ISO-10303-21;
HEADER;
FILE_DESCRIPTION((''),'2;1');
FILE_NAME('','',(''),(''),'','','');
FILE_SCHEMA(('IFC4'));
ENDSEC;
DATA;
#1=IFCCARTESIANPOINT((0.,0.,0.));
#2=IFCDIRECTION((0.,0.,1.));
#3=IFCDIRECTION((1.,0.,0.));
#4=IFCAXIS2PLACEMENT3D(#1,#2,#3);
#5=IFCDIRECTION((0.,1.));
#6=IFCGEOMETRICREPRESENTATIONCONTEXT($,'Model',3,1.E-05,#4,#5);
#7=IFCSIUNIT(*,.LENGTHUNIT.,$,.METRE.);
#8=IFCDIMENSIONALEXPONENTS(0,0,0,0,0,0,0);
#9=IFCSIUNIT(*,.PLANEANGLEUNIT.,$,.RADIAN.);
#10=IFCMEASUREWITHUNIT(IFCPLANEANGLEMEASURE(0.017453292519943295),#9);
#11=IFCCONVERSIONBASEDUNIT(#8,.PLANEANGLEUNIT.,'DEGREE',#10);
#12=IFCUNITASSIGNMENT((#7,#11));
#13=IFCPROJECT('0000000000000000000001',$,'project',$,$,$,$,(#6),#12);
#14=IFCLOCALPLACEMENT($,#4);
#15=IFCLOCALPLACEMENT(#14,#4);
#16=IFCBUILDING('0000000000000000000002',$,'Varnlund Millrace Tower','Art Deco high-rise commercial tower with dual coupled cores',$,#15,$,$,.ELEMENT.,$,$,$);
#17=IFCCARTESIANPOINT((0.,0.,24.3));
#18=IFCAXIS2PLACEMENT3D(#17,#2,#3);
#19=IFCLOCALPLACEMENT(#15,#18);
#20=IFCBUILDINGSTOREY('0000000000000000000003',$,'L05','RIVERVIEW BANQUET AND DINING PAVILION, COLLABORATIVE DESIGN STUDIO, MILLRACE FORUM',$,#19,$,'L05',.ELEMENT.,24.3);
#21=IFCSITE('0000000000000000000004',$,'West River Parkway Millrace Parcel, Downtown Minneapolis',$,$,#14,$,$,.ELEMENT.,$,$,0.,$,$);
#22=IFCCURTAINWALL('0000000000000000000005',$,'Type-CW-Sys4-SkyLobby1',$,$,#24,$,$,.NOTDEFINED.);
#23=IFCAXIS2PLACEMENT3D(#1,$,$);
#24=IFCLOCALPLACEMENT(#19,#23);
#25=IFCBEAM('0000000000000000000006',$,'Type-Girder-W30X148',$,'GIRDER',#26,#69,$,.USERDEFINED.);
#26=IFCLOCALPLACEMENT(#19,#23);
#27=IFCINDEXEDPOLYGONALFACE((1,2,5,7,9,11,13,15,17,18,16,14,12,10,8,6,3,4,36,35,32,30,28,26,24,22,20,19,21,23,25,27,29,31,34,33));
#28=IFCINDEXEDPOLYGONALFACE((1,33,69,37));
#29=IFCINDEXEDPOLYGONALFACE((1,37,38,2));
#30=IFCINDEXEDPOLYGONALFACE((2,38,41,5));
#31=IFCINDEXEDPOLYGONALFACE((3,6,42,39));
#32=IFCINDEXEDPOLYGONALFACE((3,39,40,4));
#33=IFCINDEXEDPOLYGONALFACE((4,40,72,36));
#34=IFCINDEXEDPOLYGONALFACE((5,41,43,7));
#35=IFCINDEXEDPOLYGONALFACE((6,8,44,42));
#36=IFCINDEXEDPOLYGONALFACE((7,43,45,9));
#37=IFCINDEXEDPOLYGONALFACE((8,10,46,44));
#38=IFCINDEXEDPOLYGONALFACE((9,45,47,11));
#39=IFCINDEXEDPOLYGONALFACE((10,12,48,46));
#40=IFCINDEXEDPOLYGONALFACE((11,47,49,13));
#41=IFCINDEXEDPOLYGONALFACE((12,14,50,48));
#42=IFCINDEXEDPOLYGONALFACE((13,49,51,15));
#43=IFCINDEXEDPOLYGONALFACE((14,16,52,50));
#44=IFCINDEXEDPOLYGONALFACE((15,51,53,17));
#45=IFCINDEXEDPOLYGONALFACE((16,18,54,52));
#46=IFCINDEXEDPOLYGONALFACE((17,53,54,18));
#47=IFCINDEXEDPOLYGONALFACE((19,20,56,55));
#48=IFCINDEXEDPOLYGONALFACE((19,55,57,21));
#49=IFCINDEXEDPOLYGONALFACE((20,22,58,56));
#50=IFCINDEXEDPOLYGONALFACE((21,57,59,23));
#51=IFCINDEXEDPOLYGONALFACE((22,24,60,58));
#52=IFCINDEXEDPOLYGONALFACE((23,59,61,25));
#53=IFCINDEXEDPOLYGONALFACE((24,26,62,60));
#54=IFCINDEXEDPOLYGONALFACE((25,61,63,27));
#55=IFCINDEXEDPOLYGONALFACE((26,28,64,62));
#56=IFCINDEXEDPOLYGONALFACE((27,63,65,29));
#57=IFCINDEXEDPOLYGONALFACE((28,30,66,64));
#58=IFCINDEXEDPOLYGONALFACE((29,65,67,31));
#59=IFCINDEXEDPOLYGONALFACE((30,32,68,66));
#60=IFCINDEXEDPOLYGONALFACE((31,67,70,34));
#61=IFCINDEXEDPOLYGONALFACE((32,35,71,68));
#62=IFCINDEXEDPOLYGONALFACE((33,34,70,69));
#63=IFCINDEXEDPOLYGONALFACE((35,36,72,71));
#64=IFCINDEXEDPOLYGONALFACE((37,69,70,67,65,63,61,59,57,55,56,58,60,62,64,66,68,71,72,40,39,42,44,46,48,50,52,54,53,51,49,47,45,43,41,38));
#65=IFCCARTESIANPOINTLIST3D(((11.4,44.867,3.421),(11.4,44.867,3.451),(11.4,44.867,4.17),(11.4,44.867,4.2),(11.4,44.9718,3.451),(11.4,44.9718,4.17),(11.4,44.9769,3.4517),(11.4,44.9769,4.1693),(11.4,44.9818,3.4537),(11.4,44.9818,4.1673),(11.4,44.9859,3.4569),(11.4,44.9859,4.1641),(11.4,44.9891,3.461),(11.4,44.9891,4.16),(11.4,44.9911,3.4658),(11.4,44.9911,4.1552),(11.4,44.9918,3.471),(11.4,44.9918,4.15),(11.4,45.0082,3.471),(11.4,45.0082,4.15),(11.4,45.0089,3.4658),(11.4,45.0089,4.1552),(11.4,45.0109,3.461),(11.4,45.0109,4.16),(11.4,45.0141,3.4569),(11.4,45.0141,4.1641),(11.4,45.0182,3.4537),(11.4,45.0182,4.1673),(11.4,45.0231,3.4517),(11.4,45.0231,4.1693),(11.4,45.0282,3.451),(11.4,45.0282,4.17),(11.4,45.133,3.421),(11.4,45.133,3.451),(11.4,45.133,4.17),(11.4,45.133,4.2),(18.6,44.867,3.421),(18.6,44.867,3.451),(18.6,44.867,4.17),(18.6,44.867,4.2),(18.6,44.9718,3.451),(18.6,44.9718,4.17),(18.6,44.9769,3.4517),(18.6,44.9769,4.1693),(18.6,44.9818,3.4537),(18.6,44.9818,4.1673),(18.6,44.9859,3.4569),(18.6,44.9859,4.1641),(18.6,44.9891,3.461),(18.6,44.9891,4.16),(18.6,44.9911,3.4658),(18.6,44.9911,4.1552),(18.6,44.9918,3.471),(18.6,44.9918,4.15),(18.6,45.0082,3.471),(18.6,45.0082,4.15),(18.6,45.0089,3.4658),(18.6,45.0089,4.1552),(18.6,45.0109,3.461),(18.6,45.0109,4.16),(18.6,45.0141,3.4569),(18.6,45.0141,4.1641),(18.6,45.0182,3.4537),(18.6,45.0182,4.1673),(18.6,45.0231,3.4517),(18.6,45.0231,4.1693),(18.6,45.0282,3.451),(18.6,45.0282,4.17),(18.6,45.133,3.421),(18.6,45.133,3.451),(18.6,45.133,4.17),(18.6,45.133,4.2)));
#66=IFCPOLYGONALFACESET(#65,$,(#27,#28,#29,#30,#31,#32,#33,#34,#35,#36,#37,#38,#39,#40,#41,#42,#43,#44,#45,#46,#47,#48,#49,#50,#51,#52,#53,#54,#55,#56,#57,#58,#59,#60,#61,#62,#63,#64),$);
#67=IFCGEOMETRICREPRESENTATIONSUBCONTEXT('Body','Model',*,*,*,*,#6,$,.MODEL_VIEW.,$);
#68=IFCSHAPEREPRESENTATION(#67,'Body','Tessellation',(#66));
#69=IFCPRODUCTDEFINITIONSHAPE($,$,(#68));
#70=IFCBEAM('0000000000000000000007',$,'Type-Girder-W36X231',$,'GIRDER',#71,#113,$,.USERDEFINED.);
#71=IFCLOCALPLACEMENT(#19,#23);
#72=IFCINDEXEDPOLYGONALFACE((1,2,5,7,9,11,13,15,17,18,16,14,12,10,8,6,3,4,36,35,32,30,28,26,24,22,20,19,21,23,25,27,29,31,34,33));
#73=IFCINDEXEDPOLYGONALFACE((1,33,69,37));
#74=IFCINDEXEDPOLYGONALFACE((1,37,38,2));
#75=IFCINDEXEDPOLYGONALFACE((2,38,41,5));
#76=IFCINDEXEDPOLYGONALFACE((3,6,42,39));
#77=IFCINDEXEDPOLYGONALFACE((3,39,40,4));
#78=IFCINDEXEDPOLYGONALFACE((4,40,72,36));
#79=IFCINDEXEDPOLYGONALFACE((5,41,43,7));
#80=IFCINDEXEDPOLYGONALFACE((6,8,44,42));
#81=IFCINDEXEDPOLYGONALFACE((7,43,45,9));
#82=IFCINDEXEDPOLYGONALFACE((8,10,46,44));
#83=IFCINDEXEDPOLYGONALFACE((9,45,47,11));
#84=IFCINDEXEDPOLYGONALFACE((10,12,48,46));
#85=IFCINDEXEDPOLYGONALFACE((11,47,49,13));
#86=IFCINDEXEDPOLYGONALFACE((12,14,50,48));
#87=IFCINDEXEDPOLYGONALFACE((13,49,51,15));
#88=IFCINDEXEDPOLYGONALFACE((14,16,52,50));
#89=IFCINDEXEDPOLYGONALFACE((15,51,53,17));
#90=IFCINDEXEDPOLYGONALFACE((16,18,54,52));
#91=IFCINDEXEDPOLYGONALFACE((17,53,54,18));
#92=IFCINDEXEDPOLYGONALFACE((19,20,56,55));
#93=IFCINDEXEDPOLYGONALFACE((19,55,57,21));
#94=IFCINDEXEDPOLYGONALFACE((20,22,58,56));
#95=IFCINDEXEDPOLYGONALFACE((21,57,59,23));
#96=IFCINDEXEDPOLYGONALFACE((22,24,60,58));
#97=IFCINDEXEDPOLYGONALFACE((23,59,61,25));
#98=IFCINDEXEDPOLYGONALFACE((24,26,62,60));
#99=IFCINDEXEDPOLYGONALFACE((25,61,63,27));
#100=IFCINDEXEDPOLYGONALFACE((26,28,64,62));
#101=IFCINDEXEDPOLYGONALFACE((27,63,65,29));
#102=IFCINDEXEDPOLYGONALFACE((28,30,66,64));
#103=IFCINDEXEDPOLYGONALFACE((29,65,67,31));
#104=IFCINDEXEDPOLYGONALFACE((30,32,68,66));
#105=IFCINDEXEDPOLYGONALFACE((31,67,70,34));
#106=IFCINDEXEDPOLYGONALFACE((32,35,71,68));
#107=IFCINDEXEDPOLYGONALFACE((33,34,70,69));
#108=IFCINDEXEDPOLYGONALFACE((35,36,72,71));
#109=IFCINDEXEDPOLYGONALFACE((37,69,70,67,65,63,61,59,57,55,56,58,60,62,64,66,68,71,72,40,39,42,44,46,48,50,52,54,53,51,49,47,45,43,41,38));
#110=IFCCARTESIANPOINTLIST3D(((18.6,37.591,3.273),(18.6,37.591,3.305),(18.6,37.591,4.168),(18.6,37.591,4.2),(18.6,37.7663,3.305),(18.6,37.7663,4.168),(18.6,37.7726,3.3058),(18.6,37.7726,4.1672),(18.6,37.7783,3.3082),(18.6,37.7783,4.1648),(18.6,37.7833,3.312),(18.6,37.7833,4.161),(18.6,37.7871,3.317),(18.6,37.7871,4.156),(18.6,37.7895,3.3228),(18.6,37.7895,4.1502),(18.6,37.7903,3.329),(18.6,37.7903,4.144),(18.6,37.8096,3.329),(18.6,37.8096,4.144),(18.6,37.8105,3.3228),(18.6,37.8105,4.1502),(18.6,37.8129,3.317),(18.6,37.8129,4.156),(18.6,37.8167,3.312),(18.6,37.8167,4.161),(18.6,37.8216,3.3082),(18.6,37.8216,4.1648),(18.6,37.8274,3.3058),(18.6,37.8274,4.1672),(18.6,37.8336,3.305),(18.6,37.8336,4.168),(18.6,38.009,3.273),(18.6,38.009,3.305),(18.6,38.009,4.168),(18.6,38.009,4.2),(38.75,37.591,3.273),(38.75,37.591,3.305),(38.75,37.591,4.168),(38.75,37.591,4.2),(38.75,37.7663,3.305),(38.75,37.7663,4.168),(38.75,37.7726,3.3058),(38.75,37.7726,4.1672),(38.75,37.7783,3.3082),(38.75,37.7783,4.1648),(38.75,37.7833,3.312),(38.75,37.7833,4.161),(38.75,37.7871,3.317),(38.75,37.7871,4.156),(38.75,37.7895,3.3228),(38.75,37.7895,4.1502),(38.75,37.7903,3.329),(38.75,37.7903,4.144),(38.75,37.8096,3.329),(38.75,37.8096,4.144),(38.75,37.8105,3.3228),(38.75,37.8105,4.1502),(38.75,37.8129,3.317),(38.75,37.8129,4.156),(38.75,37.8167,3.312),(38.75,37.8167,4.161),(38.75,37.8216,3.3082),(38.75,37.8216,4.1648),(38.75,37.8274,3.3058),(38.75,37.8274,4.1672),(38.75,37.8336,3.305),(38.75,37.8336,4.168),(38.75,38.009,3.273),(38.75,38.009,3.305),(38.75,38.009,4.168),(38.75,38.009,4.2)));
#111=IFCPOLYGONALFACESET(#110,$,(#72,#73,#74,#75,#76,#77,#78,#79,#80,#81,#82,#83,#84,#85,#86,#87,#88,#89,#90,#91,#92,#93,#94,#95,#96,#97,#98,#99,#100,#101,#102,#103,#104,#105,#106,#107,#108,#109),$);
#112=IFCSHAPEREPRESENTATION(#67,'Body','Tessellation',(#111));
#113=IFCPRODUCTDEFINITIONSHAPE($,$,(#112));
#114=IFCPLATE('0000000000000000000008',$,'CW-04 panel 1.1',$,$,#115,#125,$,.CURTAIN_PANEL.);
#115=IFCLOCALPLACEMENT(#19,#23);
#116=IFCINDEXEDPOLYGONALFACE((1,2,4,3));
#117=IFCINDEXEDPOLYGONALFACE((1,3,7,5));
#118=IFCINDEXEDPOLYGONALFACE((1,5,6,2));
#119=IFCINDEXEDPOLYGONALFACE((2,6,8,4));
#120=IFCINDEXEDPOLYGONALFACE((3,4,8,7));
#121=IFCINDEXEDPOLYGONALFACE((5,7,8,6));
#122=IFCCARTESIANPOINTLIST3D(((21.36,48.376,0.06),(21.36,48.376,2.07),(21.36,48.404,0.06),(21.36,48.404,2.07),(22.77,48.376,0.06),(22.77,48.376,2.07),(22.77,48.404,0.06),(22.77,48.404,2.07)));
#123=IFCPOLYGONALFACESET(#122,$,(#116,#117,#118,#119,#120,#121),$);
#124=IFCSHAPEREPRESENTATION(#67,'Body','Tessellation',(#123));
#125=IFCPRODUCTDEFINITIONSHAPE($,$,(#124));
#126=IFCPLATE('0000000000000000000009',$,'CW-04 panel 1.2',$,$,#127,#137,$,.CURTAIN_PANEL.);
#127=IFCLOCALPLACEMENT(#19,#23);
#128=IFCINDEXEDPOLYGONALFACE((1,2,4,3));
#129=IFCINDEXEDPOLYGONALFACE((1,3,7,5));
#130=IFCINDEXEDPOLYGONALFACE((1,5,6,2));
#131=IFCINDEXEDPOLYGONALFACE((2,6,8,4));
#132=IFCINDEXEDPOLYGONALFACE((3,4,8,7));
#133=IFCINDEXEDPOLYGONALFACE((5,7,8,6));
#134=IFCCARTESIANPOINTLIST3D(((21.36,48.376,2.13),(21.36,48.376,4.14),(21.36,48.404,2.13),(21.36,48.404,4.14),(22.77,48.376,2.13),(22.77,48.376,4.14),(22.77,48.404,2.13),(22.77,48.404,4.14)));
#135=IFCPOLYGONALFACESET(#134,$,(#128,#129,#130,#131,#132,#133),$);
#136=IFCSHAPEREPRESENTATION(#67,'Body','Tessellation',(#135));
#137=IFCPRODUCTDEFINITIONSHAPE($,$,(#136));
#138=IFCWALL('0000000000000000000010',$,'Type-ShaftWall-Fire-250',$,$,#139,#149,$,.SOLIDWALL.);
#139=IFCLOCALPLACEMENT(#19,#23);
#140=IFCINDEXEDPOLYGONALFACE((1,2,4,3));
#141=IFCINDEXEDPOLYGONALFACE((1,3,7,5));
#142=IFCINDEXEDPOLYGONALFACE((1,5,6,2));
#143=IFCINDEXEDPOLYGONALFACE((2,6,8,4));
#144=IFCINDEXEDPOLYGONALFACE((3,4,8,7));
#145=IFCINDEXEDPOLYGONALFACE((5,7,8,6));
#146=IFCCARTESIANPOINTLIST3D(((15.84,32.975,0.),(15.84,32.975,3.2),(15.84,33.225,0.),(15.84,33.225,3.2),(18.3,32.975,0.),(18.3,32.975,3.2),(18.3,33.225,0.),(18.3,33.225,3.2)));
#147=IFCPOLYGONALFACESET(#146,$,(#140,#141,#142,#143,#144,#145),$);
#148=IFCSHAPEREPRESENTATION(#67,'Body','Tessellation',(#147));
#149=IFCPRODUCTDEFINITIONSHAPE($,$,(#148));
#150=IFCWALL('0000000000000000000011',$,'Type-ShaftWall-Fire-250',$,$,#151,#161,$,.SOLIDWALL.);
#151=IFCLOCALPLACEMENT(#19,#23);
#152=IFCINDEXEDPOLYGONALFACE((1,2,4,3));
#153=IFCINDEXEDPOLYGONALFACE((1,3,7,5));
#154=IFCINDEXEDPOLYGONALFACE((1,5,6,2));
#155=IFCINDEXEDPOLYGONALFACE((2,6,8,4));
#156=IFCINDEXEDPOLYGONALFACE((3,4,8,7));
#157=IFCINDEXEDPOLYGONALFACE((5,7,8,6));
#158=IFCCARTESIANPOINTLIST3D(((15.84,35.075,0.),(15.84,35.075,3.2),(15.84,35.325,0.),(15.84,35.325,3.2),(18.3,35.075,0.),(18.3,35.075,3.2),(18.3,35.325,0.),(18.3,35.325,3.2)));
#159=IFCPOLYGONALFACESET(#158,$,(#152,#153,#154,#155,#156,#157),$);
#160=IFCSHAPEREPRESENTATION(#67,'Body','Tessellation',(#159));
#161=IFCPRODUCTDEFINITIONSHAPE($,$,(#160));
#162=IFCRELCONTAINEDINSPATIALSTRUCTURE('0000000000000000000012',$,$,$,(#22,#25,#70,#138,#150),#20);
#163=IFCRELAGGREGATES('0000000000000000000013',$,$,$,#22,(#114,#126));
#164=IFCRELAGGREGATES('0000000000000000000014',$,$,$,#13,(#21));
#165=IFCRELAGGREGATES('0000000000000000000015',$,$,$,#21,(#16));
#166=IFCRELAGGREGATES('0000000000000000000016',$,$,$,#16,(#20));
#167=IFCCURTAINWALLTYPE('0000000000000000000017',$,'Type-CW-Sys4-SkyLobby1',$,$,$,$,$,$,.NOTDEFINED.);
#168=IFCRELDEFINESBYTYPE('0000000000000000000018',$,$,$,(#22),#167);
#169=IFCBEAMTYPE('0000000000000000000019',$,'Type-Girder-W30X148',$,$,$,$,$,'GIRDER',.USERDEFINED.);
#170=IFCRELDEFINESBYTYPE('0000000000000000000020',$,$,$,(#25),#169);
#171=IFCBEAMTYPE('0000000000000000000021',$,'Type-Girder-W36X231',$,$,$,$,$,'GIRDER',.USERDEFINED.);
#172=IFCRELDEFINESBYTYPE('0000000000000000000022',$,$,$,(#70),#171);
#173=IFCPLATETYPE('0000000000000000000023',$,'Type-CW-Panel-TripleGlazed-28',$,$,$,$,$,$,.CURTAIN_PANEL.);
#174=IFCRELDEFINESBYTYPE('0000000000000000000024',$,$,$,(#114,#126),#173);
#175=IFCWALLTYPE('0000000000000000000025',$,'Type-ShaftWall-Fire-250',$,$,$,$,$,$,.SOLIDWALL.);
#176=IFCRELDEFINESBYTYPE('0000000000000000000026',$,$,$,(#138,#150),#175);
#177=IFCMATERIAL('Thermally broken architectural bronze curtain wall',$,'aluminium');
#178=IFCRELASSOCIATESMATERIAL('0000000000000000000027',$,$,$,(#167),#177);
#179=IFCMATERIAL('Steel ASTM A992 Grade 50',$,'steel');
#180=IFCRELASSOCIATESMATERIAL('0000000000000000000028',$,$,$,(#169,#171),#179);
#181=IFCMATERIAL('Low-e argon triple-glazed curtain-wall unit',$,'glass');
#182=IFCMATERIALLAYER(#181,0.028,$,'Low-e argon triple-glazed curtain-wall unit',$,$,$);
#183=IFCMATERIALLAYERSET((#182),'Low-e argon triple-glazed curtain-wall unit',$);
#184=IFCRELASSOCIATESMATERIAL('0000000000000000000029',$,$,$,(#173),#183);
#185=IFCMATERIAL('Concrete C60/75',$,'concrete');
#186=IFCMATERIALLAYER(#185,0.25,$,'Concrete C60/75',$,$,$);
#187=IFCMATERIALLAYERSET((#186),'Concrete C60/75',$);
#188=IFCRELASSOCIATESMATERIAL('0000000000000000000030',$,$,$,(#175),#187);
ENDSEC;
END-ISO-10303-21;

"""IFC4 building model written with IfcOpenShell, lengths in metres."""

from ifc_helpers import new_model, entity, si_unit, converted_unit, direction, frame, origin_with_axes, origin_2d_with_axis, place, context, subcontext, project, spatial, polyline, rectangle, i_section, outline, extrude, material, layer, layer_set, material_profile, profile_set, type_object, element, aggregate, save


model = new_model("IFC4")

# Units and contexts
model_context = context("Model", 3, precision=1e-05, world=origin_with_axes(), true_north=direction((0.0, 1.0)))
body_context = subcontext(model_context, "Body", "Model", "MODEL_VIEW")
ifc_project = project(units=[si_unit("LENGTHUNIT", "METRE"), converted_unit("PLANEANGLEUNIT", "DEGREE", entity("IfcPlaneAngleMeasure", 0.017453292519943295), si_unit("PLANEANGLEUNIT", "RADIAN"), dimensions=[0, 0, 0, 0, 0, 0, 0])], contexts=[model_context])

# Site, building, storey
site_placement = place(None, origin_with_axes())
site = spatial("IfcSite", under=ifc_project, at=site_placement, Name="West River Parkway Millrace Parcel, Downtown Minneapolis", CompositionType="ELEMENT", RefElevation=0.0)
building_placement = place(site_placement, origin_with_axes())
building = spatial("IfcBuilding", under=site, at=building_placement, Name="Varnlund Millrace Tower", Description="Art Deco high-rise commercial tower with dual coupled cores", CompositionType="ELEMENT")
storey_placement = place(building_placement, frame((0.0, 0.0, 24.3), z_axis=(0.0, 0.0, 1.0), x_axis=(1.0, 0.0, 0.0)))
storey = spatial("IfcBuildingStorey", under=building, at=storey_placement, Name="L05", Description="RIVERVIEW BANQUET AND DINING PAVILION, COLLABORATIVE DESIGN STUDIO, MILLRACE FORUM", LongName="L05", CompositionType="ELEMENT", Elevation=24.3)

# Curtain wall
ifc_material_1 = material(Name="Thermally broken architectural bronze curtain wall", Category="aluminium")
curtain_wall_type = type_object("IfcCurtainWallType", Name="Type-CW-Sys4-SkyLobby1", PredefinedType="NOTDEFINED", material=ifc_material_1)
curtain_wall_placement = place(storey_placement, frame((21.3, 48.39, 0.0), z_axis=(0.0, 0.0, 1.0), x_axis=(1.0, 0.0, 0.0)))
curtain_wall = element("IfcCurtainWall", 1, at=curtain_wall_placement, inside=storey, type_object=curtain_wall_type, Name="Type-CW-Sys4-SkyLobby1", PredefinedType="NOTDEFINED")

# Beams
ifc_material_2 = material(Name="Steel ASTM A992 Grade 50", Category="steel")
ifc_material_profile_1 = material_profile(ifc_material_2, i_section(OverallWidth=0.266, OverallDepth=0.779, WebThickness=0.0165, FlangeThickness=0.03, FilletRadius=0.02, at=origin_2d_with_axis()), Name="Steel ASTM A992 Grade 50")
ifc_profile_set_1 = profile_set([ifc_material_profile_1], Name="Steel ASTM A992 Grade 50")
beam_type_1 = type_object("IfcBeamType", Name="Type-Girder-W30X148", ElementType="GIRDER", PredefinedType="USERDEFINED", material=ifc_profile_set_1)
for number, where, z_axis, x_axis, name in (
    (2, (11.4, 45.0, 3.8105), (1.0, 0.0, 0.0), (0.0, 1.0, 0.0), "Type-Girder-W30X148"),
):
    element("IfcBeam", number, at=place(storey_placement, frame(where, z_axis=z_axis, x_axis=x_axis)), inside=storey, type_object=beam_type_1, Name=name, ObjectType="GIRDER", PredefinedType="USERDEFINED", context=body_context, shape_type="SweptSolid", body=[
        extrude(i_section(OverallWidth=0.266, OverallDepth=0.779, WebThickness=0.0165, FlangeThickness=0.03, FilletRadius=0.02, at=origin_2d_with_axis()), origin_with_axes(), (0.0, 0.0, 1.0), 7.2),
    ])
ifc_material_profile_2 = material_profile(ifc_material_2, i_section(OverallWidth=0.418, OverallDepth=0.927, WebThickness=0.0193, FlangeThickness=0.032, FilletRadius=0.024, at=origin_2d_with_axis()), Name="Steel ASTM A992 Grade 50")
ifc_profile_set_2 = profile_set([ifc_material_profile_2], Name="Steel ASTM A992 Grade 50")
beam_type_2 = type_object("IfcBeamType", Name="Type-Girder-W36X231", ElementType="GIRDER", PredefinedType="USERDEFINED", material=ifc_profile_set_2)
beam_1_placement = place(storey_placement, frame((18.6, 37.8, 3.7365), z_axis=(1.0, 0.0, 0.0), x_axis=(0.0, 1.0, 0.0)))
element("IfcBeam", 3, at=beam_1_placement, inside=storey, type_object=beam_type_2, Name="Type-Girder-W36X231", ObjectType="GIRDER", PredefinedType="USERDEFINED", context=body_context, shape_type="SweptSolid", body=[
    extrude(i_section(OverallWidth=0.418, OverallDepth=0.927, WebThickness=0.0193, FlangeThickness=0.032, FilletRadius=0.024, at=origin_2d_with_axis()), origin_with_axes(), (0.0, 0.0, 1.0), 20.15),
])

# Plates
ifc_material_3 = material(Name="Low-e argon triple-glazed curtain-wall unit", Category="glass")
ifc_layer_1 = layer(ifc_material_3, 0.028, Name="Low-e argon triple-glazed curtain-wall unit")
ifc_layer_set_1 = layer_set([ifc_layer_1], Name="Low-e argon triple-glazed curtain-wall unit")
plate_type = type_object("IfcPlateType", Name="Type-CW-Panel-TripleGlazed-28", PredefinedType="CURTAIN_PANEL", material=ifc_layer_set_1)
plate_1_placement = place(storey_placement, frame((22.065, 48.39, 0.06), z_axis=(0.0, 0.0, 1.0), x_axis=(1.0, 0.0, 0.0)))
plate_1 = element("IfcPlate", 4, at=plate_1_placement, type_object=plate_type, Name="CW-04 panel 1.1", PredefinedType="CURTAIN_PANEL", context=body_context, shape_type="SweptSolid", body=[
    extrude(rectangle(XDim=1.41, YDim=0.028, at=origin_2d_with_axis()), origin_with_axes(), (0.0, 0.0, 1.0), 2.01),
])
plate_2_placement = place(storey_placement, frame((22.065, 48.39, 2.13), z_axis=(0.0, 0.0, 1.0), x_axis=(1.0, 0.0, 0.0)))
plate_2 = element("IfcPlate", 5, at=plate_2_placement, type_object=plate_type, Name="CW-04 panel 1.2", PredefinedType="CURTAIN_PANEL", context=body_context, shape_type="SweptSolid", body=[
    extrude(rectangle(XDim=1.41, YDim=0.028, at=origin_2d_with_axis()), origin_with_axes(), (0.0, 0.0, 1.0), 2.01),
])
aggregate(curtain_wall, [plate_1, plate_2])

# Walls
ifc_material_4 = material(Name="Concrete C60/75", Category="concrete")
ifc_layer_2 = layer(ifc_material_4, 0.25, Name="Concrete C60/75")
ifc_layer_set_2 = layer_set([ifc_layer_2], Name="Concrete C60/75")
wall_type = type_object("IfcWallType", Name="Type-ShaftWall-Fire-250", PredefinedType="SOLIDWALL", material=ifc_layer_set_2)
for number, where, z_axis, x_axis, name in (
    (6, (15.84, 33.1, 0.0), (0.0, 0.0, 1.0), (1.0, 0.0, 0.0), "Type-ShaftWall-Fire-250"),
    (7, (15.84, 35.2, 0.0), (0.0, 0.0, 1.0), (1.0, 0.0, 0.0), "Type-ShaftWall-Fire-250"),
):
    element("IfcWall", number, at=place(storey_placement, frame(where, z_axis=z_axis, x_axis=x_axis)), inside=storey, type_object=wall_type, Name=name, PredefinedType="SOLIDWALL", context=body_context, shape_type="SweptSolid", body=[
        extrude(outline(polyline([(0.0, -0.125), (2.46, -0.125), (2.46, 0.125), (0.0, 0.125), (0.0, -0.125)])), origin_with_axes(), (0.0, 0.0, 1.0), 3.2),
    ])

save(model, "model.ifc")
